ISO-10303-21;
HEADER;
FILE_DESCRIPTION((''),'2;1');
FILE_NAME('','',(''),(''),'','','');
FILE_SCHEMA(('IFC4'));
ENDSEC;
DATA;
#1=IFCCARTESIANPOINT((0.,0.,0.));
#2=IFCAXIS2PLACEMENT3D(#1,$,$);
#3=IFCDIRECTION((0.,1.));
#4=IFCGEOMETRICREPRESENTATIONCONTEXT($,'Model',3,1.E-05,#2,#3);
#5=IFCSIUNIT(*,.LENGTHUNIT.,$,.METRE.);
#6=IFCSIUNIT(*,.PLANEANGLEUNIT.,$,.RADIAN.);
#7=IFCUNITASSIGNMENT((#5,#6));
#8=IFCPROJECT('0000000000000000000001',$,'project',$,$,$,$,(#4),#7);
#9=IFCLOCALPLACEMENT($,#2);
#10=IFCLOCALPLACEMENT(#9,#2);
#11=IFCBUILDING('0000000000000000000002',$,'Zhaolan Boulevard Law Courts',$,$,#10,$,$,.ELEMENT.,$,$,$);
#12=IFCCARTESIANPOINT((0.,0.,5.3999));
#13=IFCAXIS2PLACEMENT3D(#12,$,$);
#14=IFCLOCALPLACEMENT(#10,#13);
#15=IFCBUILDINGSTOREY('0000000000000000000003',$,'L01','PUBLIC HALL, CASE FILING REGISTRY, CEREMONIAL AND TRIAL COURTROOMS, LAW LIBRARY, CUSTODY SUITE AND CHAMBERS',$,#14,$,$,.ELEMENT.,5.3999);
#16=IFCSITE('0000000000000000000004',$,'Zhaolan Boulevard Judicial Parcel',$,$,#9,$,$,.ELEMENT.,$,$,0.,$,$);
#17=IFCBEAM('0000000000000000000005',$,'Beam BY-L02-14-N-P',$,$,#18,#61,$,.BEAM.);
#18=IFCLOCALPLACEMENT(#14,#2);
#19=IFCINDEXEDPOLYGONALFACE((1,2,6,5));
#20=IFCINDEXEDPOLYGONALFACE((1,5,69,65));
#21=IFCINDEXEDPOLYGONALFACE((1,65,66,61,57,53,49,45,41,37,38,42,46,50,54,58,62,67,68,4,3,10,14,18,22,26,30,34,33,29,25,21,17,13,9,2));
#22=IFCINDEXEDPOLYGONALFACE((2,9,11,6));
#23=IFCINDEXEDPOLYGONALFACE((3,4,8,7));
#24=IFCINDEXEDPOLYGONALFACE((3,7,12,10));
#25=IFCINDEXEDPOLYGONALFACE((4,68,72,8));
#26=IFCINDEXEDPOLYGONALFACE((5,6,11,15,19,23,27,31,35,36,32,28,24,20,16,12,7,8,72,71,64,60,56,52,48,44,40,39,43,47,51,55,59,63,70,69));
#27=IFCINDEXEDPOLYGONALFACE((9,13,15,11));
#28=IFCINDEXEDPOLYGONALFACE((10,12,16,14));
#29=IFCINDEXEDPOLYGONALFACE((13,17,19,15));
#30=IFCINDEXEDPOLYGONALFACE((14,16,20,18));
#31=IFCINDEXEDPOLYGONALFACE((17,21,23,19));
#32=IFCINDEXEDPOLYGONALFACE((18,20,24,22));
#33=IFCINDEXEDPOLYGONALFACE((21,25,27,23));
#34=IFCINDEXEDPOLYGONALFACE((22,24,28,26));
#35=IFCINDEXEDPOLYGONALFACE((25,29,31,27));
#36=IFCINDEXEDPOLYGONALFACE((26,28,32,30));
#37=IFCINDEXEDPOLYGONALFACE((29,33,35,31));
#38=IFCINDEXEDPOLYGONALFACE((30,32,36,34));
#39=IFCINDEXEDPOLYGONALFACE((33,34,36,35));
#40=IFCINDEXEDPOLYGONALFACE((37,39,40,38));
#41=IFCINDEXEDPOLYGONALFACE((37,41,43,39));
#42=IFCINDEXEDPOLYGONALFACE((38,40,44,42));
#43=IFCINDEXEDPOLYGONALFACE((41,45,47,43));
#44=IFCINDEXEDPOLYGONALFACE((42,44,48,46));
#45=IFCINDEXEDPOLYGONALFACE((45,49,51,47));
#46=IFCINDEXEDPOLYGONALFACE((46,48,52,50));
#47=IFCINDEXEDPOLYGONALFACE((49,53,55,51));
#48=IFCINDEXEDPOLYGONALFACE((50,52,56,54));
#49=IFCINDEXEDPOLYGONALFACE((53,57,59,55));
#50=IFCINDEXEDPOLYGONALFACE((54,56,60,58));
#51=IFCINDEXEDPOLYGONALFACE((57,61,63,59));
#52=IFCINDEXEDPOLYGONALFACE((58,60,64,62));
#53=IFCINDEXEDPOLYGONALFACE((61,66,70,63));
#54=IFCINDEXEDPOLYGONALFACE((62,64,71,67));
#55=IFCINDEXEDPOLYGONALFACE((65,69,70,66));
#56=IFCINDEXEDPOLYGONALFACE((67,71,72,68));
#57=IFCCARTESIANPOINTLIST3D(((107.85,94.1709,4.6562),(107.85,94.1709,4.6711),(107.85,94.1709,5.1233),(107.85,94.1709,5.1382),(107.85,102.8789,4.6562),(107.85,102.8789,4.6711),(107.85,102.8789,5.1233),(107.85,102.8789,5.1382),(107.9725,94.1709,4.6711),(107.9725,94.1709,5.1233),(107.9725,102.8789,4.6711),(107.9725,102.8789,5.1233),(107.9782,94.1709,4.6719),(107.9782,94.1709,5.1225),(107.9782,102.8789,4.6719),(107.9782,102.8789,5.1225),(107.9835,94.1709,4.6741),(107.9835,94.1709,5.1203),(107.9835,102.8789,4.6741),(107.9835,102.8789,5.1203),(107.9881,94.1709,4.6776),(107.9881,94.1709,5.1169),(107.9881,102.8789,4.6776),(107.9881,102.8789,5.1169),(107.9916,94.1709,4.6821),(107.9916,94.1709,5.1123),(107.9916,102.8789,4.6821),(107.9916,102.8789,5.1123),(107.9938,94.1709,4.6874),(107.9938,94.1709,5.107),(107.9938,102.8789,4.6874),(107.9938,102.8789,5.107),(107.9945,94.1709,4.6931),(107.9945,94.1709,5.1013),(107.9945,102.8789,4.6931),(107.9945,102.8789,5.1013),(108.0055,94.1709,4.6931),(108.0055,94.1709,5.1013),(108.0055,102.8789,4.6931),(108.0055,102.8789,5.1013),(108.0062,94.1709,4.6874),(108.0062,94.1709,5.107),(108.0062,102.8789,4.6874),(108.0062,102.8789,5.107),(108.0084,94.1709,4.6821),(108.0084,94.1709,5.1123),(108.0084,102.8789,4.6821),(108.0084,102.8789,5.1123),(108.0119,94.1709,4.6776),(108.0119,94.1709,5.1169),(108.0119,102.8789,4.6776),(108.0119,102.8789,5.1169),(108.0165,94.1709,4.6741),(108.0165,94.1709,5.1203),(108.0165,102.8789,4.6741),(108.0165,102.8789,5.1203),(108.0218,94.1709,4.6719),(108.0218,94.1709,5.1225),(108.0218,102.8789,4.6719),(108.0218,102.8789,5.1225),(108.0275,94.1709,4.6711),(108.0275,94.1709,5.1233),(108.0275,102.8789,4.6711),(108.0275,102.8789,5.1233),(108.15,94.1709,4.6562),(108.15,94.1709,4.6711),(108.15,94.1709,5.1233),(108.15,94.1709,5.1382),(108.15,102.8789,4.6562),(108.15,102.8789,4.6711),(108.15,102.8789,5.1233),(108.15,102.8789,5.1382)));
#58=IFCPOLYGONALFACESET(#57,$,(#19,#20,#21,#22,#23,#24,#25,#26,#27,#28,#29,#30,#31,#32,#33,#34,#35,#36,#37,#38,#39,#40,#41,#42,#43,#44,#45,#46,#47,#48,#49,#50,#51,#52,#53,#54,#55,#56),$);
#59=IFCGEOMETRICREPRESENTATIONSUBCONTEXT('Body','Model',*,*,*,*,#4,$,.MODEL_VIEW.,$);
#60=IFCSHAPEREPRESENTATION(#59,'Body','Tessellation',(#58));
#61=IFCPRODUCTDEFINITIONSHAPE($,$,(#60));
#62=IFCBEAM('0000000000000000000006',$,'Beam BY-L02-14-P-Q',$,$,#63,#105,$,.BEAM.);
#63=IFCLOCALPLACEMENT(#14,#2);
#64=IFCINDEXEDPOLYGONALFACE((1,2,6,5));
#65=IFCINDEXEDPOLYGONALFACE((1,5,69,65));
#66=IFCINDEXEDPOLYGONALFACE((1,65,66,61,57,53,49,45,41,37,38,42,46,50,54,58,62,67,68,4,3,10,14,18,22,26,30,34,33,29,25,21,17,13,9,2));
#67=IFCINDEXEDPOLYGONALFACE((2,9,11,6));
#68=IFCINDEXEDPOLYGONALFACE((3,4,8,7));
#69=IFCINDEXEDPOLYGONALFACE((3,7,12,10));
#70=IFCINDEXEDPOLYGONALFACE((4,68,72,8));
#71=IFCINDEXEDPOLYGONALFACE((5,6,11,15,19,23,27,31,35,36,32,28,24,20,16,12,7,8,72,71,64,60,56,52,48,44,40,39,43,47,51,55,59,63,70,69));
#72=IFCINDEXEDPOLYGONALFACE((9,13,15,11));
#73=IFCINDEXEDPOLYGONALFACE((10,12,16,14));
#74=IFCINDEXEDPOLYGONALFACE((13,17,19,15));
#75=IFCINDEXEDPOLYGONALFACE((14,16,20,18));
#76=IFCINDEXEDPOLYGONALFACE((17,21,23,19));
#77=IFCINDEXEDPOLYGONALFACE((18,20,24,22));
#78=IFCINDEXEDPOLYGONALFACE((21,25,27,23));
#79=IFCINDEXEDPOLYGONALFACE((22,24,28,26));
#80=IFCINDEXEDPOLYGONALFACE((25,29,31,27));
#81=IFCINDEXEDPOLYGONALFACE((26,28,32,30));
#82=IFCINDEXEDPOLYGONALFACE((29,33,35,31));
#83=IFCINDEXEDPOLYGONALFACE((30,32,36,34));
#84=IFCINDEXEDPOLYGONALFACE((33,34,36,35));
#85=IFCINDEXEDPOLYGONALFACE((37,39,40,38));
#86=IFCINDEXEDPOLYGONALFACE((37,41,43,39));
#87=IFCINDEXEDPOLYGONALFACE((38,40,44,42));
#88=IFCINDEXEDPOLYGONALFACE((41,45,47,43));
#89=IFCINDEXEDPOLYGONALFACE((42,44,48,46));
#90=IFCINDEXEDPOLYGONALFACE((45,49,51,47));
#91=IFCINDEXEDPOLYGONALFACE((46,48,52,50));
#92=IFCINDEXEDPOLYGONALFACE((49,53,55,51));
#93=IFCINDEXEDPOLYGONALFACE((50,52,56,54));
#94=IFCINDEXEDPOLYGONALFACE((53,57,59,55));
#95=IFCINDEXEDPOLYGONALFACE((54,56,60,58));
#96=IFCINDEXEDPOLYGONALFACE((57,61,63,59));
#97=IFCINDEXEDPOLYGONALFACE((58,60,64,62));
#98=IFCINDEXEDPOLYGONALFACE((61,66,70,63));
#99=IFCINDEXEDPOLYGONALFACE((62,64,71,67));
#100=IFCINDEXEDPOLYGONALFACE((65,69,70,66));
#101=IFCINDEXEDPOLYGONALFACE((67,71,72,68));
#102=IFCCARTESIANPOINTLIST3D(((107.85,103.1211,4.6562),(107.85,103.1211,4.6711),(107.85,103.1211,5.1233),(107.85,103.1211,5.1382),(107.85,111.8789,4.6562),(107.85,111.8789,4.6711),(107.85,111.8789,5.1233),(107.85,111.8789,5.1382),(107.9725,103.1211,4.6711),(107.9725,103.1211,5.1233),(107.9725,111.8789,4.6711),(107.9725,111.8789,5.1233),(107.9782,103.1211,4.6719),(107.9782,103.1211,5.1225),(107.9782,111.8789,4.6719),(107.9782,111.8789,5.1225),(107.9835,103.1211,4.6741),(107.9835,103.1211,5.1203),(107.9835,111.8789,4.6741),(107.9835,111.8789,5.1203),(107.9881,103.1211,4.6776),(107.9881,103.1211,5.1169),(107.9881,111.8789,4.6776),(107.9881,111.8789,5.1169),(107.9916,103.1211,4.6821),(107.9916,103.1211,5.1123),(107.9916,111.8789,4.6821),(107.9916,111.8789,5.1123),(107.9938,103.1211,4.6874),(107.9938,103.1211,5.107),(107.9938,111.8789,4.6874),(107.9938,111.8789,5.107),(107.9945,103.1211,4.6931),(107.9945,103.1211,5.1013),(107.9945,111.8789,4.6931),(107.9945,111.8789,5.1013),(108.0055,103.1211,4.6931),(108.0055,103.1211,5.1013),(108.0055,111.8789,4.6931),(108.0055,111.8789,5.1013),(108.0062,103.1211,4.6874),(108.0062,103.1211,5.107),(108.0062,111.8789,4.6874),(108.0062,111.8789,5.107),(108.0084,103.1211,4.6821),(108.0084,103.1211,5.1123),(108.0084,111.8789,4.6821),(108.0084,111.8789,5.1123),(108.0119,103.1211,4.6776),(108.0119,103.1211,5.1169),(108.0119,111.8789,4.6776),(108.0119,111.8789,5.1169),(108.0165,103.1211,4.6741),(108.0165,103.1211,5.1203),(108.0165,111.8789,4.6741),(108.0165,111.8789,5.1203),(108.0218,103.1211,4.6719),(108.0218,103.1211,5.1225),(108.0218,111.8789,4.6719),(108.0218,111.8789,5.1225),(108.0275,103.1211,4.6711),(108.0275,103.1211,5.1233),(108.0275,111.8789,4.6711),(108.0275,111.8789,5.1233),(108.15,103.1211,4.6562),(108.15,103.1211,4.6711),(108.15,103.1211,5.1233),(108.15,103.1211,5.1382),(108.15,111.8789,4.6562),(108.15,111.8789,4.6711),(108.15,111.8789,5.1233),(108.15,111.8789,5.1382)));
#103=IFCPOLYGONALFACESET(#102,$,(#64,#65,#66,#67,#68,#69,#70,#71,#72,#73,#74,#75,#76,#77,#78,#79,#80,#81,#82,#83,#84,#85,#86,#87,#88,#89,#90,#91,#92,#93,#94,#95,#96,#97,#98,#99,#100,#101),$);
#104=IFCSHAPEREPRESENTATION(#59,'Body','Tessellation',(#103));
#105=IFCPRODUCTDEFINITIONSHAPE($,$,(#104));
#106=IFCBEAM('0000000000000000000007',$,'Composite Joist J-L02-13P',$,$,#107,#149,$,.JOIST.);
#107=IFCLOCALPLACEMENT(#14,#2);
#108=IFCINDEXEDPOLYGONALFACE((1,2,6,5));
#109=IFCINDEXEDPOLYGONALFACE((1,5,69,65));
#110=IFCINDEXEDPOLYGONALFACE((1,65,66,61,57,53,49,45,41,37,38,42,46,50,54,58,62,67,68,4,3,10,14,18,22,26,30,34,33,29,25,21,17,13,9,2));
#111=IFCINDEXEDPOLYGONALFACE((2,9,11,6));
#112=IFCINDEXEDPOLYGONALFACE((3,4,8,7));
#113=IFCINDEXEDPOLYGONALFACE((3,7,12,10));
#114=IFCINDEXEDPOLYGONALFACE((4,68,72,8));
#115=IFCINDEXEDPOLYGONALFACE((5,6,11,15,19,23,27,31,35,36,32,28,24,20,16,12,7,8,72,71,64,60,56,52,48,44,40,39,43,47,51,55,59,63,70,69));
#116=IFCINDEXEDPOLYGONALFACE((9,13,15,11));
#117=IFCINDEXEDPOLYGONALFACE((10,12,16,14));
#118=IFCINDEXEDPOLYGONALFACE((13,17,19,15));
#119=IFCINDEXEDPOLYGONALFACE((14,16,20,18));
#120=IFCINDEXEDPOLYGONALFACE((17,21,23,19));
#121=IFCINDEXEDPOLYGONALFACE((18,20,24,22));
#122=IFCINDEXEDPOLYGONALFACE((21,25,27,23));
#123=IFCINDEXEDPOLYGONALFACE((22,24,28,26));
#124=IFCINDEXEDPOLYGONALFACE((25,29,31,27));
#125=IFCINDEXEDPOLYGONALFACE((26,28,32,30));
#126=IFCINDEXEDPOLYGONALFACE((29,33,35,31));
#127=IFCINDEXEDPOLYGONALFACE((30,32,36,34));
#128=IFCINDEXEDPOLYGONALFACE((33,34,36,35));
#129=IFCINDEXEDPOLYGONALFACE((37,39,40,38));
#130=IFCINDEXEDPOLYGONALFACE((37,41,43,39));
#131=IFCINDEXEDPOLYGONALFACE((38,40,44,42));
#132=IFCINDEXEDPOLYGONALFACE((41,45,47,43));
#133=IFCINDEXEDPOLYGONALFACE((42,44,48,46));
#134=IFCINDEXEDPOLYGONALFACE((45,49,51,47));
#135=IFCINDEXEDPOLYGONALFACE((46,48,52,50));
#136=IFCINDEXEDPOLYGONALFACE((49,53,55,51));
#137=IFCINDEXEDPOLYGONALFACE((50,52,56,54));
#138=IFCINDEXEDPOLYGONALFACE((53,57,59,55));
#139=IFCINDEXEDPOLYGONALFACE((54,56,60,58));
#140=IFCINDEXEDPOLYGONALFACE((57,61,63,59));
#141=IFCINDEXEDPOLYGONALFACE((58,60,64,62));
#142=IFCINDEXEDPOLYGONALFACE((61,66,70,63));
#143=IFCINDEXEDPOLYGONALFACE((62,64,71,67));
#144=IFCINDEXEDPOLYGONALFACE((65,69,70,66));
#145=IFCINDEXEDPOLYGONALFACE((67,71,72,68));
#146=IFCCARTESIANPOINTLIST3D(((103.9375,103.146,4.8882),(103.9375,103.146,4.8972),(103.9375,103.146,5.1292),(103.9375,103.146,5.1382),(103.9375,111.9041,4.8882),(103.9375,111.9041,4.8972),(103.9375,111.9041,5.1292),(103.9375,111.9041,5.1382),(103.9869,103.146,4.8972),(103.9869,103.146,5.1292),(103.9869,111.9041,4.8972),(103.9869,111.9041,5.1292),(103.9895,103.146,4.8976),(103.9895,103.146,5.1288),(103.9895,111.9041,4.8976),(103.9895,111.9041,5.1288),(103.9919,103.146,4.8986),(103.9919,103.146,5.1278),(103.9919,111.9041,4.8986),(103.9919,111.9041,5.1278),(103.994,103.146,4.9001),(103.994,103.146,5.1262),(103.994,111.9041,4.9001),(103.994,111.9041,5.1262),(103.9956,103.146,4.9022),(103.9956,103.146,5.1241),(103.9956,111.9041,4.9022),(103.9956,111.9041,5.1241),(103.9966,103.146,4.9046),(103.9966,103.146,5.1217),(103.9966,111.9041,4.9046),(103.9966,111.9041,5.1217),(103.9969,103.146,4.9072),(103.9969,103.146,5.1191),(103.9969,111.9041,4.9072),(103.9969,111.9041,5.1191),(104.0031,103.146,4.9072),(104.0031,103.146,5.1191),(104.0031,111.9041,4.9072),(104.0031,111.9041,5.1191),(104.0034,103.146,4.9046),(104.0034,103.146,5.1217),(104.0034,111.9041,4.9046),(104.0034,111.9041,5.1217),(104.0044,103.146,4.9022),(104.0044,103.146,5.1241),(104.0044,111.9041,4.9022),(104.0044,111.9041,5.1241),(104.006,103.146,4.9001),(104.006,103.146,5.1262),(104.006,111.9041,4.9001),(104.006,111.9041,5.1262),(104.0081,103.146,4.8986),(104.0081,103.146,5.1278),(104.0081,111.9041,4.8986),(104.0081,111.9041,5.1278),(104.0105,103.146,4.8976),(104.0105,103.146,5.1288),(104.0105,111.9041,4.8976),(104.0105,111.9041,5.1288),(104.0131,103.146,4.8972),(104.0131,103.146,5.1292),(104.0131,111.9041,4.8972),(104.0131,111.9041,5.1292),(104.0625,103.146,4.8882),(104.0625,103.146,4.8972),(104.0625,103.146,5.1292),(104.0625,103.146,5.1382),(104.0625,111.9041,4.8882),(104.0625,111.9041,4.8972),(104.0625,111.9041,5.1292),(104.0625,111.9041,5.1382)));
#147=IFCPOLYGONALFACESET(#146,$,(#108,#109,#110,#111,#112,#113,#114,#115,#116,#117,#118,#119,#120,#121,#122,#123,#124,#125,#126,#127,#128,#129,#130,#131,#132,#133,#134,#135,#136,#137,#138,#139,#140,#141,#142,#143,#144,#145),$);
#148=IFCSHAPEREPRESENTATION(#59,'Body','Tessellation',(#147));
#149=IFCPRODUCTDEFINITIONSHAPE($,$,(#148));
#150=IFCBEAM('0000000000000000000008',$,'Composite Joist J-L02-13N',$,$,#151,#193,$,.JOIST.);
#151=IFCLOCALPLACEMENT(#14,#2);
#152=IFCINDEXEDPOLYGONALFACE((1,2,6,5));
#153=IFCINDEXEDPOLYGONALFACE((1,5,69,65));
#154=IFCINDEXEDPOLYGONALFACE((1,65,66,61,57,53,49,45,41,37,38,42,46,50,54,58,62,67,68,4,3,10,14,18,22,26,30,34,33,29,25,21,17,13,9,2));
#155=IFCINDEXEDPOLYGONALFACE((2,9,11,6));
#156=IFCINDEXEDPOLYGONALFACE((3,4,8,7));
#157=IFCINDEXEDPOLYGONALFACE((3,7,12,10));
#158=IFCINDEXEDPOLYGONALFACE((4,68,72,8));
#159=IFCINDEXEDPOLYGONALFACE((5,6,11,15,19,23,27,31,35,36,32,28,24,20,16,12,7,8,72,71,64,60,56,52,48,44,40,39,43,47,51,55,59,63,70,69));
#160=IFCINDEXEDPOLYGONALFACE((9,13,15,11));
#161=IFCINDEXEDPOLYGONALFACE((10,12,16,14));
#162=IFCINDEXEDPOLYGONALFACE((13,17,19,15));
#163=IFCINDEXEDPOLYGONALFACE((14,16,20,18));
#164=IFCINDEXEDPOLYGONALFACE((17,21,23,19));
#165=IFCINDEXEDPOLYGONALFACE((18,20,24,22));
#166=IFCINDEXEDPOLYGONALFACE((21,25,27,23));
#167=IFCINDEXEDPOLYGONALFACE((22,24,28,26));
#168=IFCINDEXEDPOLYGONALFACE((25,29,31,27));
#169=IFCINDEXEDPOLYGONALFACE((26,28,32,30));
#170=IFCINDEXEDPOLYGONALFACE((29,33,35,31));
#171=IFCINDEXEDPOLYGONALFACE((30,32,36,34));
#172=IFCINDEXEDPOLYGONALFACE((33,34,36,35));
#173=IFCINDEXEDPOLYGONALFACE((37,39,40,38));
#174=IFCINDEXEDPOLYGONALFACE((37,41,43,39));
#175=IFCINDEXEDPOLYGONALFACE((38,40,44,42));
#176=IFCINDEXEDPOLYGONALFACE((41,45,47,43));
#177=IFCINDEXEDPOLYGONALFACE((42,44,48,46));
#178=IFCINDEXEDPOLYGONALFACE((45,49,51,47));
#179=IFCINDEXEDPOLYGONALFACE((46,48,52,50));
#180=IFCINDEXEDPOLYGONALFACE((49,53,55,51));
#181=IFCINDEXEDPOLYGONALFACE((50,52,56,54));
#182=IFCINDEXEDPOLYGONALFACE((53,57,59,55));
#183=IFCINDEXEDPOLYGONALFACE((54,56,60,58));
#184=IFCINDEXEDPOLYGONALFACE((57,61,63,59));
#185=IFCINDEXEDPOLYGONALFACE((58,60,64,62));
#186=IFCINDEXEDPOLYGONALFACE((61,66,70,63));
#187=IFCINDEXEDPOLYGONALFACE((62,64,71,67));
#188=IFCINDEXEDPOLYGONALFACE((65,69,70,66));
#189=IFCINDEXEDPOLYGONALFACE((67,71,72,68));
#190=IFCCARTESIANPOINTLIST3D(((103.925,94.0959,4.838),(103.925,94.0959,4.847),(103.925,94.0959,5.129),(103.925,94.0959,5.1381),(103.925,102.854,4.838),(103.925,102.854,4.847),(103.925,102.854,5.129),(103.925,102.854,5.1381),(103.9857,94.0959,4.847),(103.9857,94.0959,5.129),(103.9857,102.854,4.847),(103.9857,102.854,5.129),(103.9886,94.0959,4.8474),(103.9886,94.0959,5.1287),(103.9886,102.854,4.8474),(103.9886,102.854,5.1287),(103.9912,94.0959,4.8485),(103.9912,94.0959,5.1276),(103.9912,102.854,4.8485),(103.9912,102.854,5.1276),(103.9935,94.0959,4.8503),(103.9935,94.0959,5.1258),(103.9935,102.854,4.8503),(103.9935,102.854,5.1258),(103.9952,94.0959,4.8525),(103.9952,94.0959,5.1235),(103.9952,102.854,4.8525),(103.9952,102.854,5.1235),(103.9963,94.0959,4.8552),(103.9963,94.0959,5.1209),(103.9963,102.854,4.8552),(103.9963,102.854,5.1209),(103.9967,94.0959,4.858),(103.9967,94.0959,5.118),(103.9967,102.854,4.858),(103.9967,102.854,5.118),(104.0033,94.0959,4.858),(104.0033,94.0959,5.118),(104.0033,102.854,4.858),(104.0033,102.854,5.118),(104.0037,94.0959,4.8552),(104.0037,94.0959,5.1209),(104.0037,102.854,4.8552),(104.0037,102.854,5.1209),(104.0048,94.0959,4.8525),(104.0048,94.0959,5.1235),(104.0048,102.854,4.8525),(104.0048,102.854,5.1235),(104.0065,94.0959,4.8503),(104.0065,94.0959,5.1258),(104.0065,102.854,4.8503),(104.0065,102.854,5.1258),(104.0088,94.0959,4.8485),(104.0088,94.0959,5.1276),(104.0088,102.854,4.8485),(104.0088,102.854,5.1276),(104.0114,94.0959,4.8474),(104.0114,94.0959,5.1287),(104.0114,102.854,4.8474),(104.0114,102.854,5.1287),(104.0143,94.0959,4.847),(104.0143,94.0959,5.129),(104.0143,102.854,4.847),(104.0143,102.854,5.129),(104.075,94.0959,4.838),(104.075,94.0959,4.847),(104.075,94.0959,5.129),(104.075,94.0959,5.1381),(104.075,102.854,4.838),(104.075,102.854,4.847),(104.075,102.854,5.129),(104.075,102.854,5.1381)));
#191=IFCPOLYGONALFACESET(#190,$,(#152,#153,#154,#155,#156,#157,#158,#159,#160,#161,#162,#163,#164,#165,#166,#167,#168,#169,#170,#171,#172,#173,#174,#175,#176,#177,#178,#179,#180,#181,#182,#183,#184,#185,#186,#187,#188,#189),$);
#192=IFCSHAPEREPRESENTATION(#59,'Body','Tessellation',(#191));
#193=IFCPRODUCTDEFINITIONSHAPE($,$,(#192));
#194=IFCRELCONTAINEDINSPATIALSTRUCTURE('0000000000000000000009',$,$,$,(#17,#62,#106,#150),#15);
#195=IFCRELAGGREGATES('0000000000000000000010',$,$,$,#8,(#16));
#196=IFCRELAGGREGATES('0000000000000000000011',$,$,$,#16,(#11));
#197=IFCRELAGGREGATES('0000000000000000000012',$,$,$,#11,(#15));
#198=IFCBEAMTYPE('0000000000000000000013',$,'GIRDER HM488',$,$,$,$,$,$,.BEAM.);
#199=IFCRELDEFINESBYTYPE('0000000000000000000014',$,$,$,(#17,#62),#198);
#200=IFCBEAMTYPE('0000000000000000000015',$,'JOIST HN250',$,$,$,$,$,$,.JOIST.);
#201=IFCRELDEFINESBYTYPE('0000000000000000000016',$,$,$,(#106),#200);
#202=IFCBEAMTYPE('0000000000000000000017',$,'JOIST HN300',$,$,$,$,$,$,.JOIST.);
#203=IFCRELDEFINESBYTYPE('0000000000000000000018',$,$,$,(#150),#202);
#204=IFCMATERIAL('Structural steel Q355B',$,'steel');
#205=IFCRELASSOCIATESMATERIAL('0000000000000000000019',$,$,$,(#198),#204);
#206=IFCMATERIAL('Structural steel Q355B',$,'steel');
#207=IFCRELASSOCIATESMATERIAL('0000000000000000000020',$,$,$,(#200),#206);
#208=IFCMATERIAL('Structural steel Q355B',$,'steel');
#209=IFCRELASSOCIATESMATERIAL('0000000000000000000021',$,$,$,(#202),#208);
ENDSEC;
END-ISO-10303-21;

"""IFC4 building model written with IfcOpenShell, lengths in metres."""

from ifc_helpers import new_model, si_unit, direction, frame, origin, origin_2d, place, context, subcontext, project, spatial, i_section, extrude, material, material_profile, profile_set, type_object, element, save


model = new_model("IFC4")

# Units and contexts
model_context = context("Model", 3, precision=1e-05, world=origin(), true_north=direction((0.0, 1.0)))
body_context = subcontext(model_context, "Body", "Model", "MODEL_VIEW")
ifc_project = project(units=[si_unit("LENGTHUNIT", "METRE"), si_unit("PLANEANGLEUNIT", "RADIAN")], contexts=[model_context])

# Site, building, storey
site_placement = place(None, origin())
site = spatial("IfcSite", under=ifc_project, at=site_placement, Name="Zhaolan Boulevard Judicial Parcel", CompositionType="ELEMENT", RefElevation=0.0)
building_placement = place(site_placement, origin())
building = spatial("IfcBuilding", under=site, at=building_placement, Name="Zhaolan Boulevard Law Courts", CompositionType="ELEMENT")
storey_placement = place(building_placement, frame((0.0, 0.0, 5.3999)))
storey = spatial("IfcBuildingStorey", under=building, at=storey_placement, Name="L01", Description="PUBLIC HALL, CASE FILING REGISTRY, CEREMONIAL AND TRIAL COURTROOMS, LAW LIBRARY, CUSTODY SUITE AND CHAMBERS", CompositionType="ELEMENT", Elevation=5.3999)

# Beams
ifc_material_1 = material(Name="Structural steel Q355B", Category="steel")
ifc_material_profile_1 = material_profile(ifc_material_1, i_section(OverallWidth=0.3, OverallDepth=0.4819, WebThickness=0.011, FlangeThickness=0.0149, FilletRadius=0.022, at=origin_2d()), Name="HM482x300")
ifc_profile_set_1 = profile_set([ifc_material_profile_1], Name="Structural steel Q355B")
beam_type_1 = type_object("IfcBeamType", Name="GIRDER HM488", PredefinedType="BEAM", material=ifc_profile_set_1)
beam_1_placement = place(storey_placement, frame((108.0, 94.1709, 4.8972), z_axis=(0.0, 1.0, 0.0), x_axis=(-1.0, 0.0, 0.0)))
element("IfcBeam", 1, at=beam_1_placement, inside=storey, type_object=beam_type_1, Name="Beam BY-L02-14-N-P", PredefinedType="BEAM", context=body_context, shape_type="SweptSolid", body=[
    extrude(i_section(OverallWidth=0.3, OverallDepth=0.4819, WebThickness=0.011, FlangeThickness=0.0149, FilletRadius=0.022, at=origin_2d()), origin(), (0.0, 0.0, 1.0), 8.708),
])
beam_2_placement = place(storey_placement, frame((108.0, 103.1211, 4.8972), z_axis=(0.0, 1.0, 0.0), x_axis=(-1.0, 0.0, 0.0)))
element("IfcBeam", 2, at=beam_2_placement, inside=storey, type_object=beam_type_1, Name="Beam BY-L02-14-P-Q", PredefinedType="BEAM", context=body_context, shape_type="SweptSolid", body=[
    extrude(i_section(OverallWidth=0.3, OverallDepth=0.4819, WebThickness=0.011, FlangeThickness=0.0149, FilletRadius=0.022, at=origin_2d()), origin(), (0.0, 0.0, 1.0), 8.7578),
])
ifc_material_2 = material(Name="Structural steel Q355B", Category="steel")
ifc_material_profile_2 = material_profile(ifc_material_2, i_section(OverallWidth=0.125, OverallDepth=0.25, WebThickness=0.0061, FlangeThickness=0.009, FilletRadius=0.01, at=origin_2d()), Name="HN250x125")
ifc_profile_set_2 = profile_set([ifc_material_profile_2], Name="Structural steel Q355B")
beam_type_2 = type_object("IfcBeamType", Name="JOIST HN250", PredefinedType="JOIST", material=ifc_profile_set_2)
beam_3_placement = place(storey_placement, frame((104.0, 103.146, 5.0132), z_axis=(0.0, 1.0, 0.0), x_axis=(-1.0, 0.0, 0.0)))
element("IfcBeam", 3, at=beam_3_placement, inside=storey, type_object=beam_type_2, Name="Composite Joist J-L02-13P", PredefinedType="JOIST", context=body_context, shape_type="SweptSolid", body=[
    extrude(i_section(OverallWidth=0.125, OverallDepth=0.25, WebThickness=0.0061, FlangeThickness=0.009, FilletRadius=0.01, at=origin_2d()), origin(), (0.0, 0.0, 1.0), 8.7581),
])
ifc_material_3 = material(Name="Structural steel Q355B", Category="steel")
ifc_material_profile_3 = material_profile(ifc_material_3, i_section(OverallWidth=0.1499, OverallDepth=0.3, WebThickness=0.0066, FlangeThickness=0.009, FilletRadius=0.011, at=origin_2d()), Name="HN300x150")
ifc_profile_set_3 = profile_set([ifc_material_profile_3], Name="Structural steel Q355B")
beam_type_3 = type_object("IfcBeamType", Name="JOIST HN300", PredefinedType="JOIST", material=ifc_profile_set_3)
beam_4_placement = place(storey_placement, frame((104.0, 94.0959, 4.988), z_axis=(0.0, 1.0, 0.0), x_axis=(-1.0, 0.0, 0.0)))
element("IfcBeam", 4, at=beam_4_placement, inside=storey, type_object=beam_type_3, Name="Composite Joist J-L02-13N", PredefinedType="JOIST", context=body_context, shape_type="SweptSolid", body=[
    extrude(i_section(OverallWidth=0.1499, OverallDepth=0.3, WebThickness=0.0066, FlangeThickness=0.009, FilletRadius=0.011, at=origin_2d()), origin(), (0.0, 0.0, 1.0), 8.7581),
])

save(model, "model.ifc")
